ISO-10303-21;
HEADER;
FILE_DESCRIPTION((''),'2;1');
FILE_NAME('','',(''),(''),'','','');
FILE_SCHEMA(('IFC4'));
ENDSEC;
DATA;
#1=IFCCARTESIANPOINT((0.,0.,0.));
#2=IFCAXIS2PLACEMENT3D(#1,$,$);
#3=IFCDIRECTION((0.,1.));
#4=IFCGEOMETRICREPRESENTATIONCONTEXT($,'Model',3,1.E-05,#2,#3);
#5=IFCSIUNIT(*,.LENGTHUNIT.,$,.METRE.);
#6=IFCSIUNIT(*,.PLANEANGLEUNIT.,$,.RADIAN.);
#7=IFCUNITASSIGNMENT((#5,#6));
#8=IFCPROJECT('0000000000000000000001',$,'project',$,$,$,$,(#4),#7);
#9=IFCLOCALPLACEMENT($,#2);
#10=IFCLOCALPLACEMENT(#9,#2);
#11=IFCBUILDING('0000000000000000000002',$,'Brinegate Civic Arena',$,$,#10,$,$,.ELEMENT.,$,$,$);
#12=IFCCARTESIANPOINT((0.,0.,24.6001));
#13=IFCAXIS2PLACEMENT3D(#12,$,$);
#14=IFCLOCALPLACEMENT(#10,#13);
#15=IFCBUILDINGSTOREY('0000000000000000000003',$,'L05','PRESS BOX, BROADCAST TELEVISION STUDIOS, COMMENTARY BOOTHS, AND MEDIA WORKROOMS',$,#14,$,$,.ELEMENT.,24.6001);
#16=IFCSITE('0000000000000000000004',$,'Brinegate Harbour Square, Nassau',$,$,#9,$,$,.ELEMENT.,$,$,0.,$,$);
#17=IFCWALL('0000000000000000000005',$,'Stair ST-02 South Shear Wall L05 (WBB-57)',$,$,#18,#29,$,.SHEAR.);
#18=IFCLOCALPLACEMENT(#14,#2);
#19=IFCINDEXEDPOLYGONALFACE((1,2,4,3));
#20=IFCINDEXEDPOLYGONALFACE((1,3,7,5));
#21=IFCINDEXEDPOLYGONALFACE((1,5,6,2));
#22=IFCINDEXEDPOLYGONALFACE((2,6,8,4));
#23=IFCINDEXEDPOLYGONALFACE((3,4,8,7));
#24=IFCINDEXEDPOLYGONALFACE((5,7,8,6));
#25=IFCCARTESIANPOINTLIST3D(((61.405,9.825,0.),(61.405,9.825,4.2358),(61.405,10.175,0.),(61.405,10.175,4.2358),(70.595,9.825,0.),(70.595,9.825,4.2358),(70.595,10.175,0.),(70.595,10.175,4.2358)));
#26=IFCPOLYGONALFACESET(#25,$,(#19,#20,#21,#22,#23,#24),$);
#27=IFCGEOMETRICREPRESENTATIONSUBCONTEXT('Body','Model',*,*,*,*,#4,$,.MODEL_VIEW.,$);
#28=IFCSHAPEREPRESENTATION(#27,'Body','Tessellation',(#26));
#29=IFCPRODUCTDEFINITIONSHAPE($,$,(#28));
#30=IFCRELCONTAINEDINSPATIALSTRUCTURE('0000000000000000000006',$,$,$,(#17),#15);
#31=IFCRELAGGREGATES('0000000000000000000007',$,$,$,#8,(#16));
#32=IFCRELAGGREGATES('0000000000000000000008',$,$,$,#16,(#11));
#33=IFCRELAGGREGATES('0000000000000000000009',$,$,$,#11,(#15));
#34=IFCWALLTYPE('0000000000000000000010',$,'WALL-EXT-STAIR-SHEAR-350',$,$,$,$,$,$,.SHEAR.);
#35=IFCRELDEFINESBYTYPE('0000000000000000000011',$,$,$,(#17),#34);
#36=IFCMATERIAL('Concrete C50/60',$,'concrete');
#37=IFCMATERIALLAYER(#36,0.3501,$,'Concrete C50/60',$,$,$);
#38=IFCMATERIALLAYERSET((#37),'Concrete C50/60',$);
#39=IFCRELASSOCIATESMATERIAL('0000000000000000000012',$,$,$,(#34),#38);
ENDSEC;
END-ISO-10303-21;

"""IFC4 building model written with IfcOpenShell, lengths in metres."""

from ifc_helpers import new_model, si_unit, direction, frame, frame_2d, origin, place, context, subcontext, project, spatial, rectangle, extrude, material, layer, layer_set, type_object, element, save


model = new_model("IFC4")

# Units and contexts
model_context = context("Model", 3, precision=1e-05, world=origin(), true_north=direction((0.0, 1.0)))
body_context = subcontext(model_context, "Body", "Model", "MODEL_VIEW")
ifc_project = project(units=[si_unit("LENGTHUNIT", "METRE"), si_unit("PLANEANGLEUNIT", "RADIAN")], contexts=[model_context])

# Site, building, storey
site_placement = place(None, origin())
site = spatial("IfcSite", under=ifc_project, at=site_placement, Name="Brinegate Harbour Square, Nassau", CompositionType="ELEMENT", RefElevation=0.0)
building_placement = place(site_placement, origin())
building = spatial("IfcBuilding", under=site, at=building_placement, Name="Brinegate Civic Arena", CompositionType="ELEMENT")
storey_placement = place(building_placement, frame((0.0, 0.0, 24.6001)))
storey = spatial("IfcBuildingStorey", under=building, at=storey_placement, Name="L05", Description="PRESS BOX, BROADCAST TELEVISION STUDIOS, COMMENTARY BOOTHS, AND MEDIA WORKROOMS", CompositionType="ELEMENT", Elevation=24.6001)

# Shared definitions
ifc_material_1 = material(Name="Concrete C50/60", Category="concrete")

# Wall
ifc_layer_1 = layer(ifc_material_1, 0.3501, Name="Concrete C50/60")
ifc_layer_set_1 = layer_set([ifc_layer_1], Name="Concrete C50/60")
wall_type = type_object("IfcWallType", Name="WALL-EXT-STAIR-SHEAR-350", PredefinedType="SHEAR", material=ifc_layer_set_1)
wall_placement = place(storey_placement, frame((61.405, 10.0, 0.0), z_axis=(0.0, 0.0, 1.0), x_axis=(1.0, 0.0, 0.0)))
element("IfcWall", 1, at=wall_placement, inside=storey, type_object=wall_type, Name="Stair ST-02 South Shear Wall L05 (WBB-57)", PredefinedType="SHEAR", context=body_context, shape_type="SweptSolid", body=[
    extrude(rectangle(XDim=9.1899, YDim=0.3501, at=frame_2d((4.595, 0.0))), origin(), (0.0, 0.0, 1.0), 4.2358),
])

save(model, "model.ifc")
